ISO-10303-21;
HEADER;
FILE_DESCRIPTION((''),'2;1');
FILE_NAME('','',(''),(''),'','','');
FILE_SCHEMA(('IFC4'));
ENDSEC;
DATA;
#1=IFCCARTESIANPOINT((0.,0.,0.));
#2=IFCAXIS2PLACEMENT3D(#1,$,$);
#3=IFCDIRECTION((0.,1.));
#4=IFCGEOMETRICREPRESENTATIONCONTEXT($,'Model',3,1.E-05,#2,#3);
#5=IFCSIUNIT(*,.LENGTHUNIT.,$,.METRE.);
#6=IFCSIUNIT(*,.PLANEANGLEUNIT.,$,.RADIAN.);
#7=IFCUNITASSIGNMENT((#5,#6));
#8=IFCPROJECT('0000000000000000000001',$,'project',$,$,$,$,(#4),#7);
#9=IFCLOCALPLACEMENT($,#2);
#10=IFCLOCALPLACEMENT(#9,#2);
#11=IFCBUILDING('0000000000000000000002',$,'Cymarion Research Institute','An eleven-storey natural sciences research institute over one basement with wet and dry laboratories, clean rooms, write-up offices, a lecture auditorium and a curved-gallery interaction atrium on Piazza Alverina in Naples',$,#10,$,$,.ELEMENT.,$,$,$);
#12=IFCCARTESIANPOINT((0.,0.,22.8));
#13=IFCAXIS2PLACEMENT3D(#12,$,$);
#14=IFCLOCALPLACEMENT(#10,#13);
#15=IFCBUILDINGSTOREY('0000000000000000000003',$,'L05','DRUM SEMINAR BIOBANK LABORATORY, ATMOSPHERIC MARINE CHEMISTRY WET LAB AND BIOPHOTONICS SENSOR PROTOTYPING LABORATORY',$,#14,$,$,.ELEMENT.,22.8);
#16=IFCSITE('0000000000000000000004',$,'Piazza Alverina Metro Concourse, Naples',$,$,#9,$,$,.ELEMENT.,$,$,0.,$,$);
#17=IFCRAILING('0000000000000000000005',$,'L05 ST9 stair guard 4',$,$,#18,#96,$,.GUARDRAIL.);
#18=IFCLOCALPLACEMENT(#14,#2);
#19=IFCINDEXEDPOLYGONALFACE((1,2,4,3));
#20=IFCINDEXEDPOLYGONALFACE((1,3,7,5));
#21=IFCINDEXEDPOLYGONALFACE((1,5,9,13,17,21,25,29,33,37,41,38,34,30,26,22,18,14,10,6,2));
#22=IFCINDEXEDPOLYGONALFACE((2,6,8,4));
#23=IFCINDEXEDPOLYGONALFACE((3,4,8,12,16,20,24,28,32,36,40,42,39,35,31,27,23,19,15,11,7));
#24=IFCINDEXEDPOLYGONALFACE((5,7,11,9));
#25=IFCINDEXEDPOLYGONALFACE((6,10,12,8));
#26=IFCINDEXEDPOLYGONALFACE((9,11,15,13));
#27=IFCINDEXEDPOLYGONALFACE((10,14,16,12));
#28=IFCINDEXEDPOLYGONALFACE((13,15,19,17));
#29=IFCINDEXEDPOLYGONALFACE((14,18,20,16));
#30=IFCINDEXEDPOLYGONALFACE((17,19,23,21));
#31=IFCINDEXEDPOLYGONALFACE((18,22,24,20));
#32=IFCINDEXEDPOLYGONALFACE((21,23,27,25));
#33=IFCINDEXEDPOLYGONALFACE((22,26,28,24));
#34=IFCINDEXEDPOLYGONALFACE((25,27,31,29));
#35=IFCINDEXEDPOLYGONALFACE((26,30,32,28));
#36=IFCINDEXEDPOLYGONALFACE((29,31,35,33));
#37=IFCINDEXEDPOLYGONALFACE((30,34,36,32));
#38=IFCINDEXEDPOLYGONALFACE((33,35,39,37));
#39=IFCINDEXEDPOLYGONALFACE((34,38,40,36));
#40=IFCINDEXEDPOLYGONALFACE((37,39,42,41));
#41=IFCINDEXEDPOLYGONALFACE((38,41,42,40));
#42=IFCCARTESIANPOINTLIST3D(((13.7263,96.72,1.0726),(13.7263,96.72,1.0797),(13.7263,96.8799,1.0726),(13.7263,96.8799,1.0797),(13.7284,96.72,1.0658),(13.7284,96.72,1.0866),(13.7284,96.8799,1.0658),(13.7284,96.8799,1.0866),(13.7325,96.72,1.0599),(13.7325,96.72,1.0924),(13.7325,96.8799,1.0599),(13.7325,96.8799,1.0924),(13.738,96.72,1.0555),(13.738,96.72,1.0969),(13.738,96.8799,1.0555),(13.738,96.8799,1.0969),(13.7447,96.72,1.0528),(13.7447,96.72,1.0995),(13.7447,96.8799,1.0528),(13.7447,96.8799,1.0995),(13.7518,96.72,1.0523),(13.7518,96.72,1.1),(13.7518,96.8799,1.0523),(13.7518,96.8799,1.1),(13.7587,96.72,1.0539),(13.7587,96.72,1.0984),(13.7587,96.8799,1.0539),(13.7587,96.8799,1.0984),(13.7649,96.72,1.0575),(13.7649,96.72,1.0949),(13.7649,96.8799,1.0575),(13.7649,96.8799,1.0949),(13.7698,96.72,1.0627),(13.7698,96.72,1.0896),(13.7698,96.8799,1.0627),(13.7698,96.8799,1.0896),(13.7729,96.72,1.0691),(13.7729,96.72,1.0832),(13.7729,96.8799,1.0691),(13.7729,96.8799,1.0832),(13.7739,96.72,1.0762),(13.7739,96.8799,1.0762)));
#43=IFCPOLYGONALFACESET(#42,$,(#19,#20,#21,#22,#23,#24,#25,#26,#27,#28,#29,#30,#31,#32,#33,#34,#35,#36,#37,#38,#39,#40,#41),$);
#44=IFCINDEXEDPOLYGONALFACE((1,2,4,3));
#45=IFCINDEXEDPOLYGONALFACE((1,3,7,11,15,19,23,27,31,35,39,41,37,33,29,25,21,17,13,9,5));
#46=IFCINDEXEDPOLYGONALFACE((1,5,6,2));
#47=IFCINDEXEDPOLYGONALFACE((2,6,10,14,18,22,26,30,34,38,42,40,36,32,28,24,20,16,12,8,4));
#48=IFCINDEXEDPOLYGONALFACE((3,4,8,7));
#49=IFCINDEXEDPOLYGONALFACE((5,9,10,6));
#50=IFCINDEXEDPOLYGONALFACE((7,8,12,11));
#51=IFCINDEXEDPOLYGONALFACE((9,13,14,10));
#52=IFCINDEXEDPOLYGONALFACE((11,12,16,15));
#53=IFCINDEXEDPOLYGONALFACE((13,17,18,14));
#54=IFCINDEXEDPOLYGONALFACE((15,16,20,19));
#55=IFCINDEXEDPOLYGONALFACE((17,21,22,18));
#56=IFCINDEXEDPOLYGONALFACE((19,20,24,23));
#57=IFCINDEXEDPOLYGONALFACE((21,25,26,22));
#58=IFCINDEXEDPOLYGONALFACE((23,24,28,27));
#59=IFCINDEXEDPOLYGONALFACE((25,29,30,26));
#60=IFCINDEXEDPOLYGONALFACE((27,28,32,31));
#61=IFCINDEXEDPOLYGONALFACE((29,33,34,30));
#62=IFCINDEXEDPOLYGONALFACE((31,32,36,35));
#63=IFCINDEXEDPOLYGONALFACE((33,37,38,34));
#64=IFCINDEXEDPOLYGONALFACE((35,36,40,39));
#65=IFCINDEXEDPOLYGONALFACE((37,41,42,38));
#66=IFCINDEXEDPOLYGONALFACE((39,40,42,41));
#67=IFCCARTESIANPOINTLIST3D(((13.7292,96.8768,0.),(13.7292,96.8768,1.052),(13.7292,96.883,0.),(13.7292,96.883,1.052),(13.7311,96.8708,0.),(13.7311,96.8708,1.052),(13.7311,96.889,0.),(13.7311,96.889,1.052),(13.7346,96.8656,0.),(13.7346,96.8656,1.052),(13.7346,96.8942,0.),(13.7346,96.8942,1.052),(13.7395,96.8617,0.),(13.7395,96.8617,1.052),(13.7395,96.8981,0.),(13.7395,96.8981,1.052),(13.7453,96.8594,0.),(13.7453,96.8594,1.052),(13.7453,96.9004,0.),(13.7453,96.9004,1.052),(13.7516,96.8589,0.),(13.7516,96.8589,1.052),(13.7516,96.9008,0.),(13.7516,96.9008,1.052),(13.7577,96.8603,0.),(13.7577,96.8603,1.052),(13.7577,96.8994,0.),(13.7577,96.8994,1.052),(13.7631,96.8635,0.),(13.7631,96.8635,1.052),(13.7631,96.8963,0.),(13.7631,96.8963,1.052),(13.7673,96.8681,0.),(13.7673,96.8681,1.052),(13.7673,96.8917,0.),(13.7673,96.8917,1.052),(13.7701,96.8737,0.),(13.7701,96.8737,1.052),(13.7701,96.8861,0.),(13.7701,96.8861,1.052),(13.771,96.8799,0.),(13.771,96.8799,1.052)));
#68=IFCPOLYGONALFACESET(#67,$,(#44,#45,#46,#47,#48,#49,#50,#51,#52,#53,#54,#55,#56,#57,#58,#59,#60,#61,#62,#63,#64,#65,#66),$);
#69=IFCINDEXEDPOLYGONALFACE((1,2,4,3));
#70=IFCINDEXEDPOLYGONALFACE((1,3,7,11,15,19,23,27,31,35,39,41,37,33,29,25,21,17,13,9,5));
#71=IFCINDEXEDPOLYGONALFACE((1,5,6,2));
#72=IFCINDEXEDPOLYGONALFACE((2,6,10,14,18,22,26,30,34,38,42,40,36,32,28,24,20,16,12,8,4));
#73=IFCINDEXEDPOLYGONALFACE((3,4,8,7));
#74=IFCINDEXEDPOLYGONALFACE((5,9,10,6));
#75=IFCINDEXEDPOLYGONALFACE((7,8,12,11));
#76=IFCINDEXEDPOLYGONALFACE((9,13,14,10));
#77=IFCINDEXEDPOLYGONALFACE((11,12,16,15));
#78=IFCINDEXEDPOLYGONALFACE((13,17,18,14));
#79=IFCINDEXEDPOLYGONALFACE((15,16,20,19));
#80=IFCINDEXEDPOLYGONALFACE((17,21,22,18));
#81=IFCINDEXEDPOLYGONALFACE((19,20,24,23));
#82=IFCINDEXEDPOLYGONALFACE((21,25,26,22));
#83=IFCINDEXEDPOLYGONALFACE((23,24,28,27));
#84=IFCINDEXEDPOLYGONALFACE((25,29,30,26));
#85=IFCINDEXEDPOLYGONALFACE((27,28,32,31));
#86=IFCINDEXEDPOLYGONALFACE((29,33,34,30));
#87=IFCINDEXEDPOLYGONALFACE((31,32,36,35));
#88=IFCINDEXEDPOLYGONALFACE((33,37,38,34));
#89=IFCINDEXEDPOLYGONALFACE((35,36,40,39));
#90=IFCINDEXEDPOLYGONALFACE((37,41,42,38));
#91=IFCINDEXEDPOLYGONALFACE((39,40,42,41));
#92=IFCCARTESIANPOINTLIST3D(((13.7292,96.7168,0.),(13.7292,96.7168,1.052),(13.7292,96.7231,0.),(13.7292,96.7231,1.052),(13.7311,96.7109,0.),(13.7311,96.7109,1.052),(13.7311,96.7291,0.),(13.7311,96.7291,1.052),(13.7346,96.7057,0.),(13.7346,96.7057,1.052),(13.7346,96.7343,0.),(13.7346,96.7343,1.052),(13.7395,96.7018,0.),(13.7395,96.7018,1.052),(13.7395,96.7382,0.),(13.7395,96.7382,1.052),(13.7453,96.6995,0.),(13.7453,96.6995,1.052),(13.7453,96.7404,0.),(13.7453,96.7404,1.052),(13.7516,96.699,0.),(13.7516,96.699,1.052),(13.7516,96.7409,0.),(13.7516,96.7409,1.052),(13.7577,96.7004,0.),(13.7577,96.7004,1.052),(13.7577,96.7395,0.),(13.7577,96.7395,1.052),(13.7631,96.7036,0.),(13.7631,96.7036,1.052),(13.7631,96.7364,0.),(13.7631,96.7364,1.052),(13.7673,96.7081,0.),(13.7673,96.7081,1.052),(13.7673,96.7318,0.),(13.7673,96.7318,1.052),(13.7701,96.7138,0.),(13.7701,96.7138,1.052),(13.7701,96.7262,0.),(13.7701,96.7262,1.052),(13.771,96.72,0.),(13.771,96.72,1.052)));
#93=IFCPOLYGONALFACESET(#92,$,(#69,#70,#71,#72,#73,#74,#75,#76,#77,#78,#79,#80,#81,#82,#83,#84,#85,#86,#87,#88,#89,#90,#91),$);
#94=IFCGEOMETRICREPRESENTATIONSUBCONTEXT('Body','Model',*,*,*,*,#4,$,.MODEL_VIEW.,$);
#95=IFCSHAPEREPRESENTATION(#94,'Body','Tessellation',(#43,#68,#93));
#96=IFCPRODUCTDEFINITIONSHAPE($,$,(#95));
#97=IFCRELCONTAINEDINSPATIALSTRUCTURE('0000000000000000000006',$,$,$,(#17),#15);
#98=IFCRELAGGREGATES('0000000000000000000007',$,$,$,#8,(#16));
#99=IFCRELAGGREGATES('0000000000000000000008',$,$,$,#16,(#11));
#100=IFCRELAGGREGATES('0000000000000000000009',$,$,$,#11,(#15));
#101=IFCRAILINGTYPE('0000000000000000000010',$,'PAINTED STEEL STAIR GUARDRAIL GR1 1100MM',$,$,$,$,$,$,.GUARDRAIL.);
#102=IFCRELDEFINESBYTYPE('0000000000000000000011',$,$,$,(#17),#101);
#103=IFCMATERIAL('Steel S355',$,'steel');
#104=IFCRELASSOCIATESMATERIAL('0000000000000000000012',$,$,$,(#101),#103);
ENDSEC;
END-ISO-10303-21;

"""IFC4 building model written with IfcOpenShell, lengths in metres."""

from ifc_helpers import new_model, si_unit, direction, frame, origin, origin_2d, place, context, subcontext, project, spatial, circle, extrude, material, type_object, element, save


model = new_model("IFC4")

# Units and contexts
model_context = context("Model", 3, precision=1e-05, world=origin(), true_north=direction((0.0, 1.0)))
body_context = subcontext(model_context, "Body", "Model", "MODEL_VIEW")
ifc_project = project(units=[si_unit("LENGTHUNIT", "METRE"), si_unit("PLANEANGLEUNIT", "RADIAN")], contexts=[model_context])

# Site, building, storey
site_placement = place(None, origin())
site = spatial("IfcSite", under=ifc_project, at=site_placement, Name="Piazza Alverina Metro Concourse, Naples", CompositionType="ELEMENT", RefElevation=0.0)
building_placement = place(site_placement, origin())
building = spatial("IfcBuilding", under=site, at=building_placement, Name="Cymarion Research Institute", Description="An eleven-storey natural sciences research institute over one basement with wet and dry laboratories, clean rooms, write-up offices, a lecture auditorium and a curved-gallery interaction atrium on Piazza Alverina in Naples", CompositionType="ELEMENT")
storey_placement = place(building_placement, frame((0.0, 0.0, 22.8)))
storey = spatial("IfcBuildingStorey", under=building, at=storey_placement, Name="L05", Description="DRUM SEMINAR BIOBANK LABORATORY, ATMOSPHERIC MARINE CHEMISTRY WET LAB AND BIOPHOTONICS SENSOR PROTOTYPING LABORATORY", CompositionType="ELEMENT", Elevation=22.8)

# Railing
ifc_material_1 = material(Name="Steel S355", Category="steel")
railing_type_1 = type_object("IfcRailingType", Name="PAINTED STEEL STAIR GUARDRAIL GR1 1100MM", PredefinedType="GUARDRAIL", material=ifc_material_1)
railing_1_placement = place(storey_placement, frame((13.75, 96.8799, 0.0)))
element("IfcRailing", 1, at=railing_1_placement, inside=storey, type_object=railing_type_1, Name="L05 ST9 stair guard 4", PredefinedType="GUARDRAIL", context=body_context, shape_type="SweptSolid", body=[
    extrude(circle(Radius=0.0239, at=origin_2d()), frame((0.0, 0.0, 1.0762), z_axis=(0.0, -1.0, 0.0), x_axis=(1.0, 0.0, 0.0)), (0.0, 0.0, 1.0), 0.1599),
    extrude(circle(Radius=0.021, at=origin_2d()), origin(), (0.0, 0.0, 1.0), 1.052),
    extrude(circle(Radius=0.021, at=origin_2d()), frame((0.0, -0.1599, 0.0)), (0.0, 0.0, 1.0), 1.052),
])

save(model, "model.ifc")
